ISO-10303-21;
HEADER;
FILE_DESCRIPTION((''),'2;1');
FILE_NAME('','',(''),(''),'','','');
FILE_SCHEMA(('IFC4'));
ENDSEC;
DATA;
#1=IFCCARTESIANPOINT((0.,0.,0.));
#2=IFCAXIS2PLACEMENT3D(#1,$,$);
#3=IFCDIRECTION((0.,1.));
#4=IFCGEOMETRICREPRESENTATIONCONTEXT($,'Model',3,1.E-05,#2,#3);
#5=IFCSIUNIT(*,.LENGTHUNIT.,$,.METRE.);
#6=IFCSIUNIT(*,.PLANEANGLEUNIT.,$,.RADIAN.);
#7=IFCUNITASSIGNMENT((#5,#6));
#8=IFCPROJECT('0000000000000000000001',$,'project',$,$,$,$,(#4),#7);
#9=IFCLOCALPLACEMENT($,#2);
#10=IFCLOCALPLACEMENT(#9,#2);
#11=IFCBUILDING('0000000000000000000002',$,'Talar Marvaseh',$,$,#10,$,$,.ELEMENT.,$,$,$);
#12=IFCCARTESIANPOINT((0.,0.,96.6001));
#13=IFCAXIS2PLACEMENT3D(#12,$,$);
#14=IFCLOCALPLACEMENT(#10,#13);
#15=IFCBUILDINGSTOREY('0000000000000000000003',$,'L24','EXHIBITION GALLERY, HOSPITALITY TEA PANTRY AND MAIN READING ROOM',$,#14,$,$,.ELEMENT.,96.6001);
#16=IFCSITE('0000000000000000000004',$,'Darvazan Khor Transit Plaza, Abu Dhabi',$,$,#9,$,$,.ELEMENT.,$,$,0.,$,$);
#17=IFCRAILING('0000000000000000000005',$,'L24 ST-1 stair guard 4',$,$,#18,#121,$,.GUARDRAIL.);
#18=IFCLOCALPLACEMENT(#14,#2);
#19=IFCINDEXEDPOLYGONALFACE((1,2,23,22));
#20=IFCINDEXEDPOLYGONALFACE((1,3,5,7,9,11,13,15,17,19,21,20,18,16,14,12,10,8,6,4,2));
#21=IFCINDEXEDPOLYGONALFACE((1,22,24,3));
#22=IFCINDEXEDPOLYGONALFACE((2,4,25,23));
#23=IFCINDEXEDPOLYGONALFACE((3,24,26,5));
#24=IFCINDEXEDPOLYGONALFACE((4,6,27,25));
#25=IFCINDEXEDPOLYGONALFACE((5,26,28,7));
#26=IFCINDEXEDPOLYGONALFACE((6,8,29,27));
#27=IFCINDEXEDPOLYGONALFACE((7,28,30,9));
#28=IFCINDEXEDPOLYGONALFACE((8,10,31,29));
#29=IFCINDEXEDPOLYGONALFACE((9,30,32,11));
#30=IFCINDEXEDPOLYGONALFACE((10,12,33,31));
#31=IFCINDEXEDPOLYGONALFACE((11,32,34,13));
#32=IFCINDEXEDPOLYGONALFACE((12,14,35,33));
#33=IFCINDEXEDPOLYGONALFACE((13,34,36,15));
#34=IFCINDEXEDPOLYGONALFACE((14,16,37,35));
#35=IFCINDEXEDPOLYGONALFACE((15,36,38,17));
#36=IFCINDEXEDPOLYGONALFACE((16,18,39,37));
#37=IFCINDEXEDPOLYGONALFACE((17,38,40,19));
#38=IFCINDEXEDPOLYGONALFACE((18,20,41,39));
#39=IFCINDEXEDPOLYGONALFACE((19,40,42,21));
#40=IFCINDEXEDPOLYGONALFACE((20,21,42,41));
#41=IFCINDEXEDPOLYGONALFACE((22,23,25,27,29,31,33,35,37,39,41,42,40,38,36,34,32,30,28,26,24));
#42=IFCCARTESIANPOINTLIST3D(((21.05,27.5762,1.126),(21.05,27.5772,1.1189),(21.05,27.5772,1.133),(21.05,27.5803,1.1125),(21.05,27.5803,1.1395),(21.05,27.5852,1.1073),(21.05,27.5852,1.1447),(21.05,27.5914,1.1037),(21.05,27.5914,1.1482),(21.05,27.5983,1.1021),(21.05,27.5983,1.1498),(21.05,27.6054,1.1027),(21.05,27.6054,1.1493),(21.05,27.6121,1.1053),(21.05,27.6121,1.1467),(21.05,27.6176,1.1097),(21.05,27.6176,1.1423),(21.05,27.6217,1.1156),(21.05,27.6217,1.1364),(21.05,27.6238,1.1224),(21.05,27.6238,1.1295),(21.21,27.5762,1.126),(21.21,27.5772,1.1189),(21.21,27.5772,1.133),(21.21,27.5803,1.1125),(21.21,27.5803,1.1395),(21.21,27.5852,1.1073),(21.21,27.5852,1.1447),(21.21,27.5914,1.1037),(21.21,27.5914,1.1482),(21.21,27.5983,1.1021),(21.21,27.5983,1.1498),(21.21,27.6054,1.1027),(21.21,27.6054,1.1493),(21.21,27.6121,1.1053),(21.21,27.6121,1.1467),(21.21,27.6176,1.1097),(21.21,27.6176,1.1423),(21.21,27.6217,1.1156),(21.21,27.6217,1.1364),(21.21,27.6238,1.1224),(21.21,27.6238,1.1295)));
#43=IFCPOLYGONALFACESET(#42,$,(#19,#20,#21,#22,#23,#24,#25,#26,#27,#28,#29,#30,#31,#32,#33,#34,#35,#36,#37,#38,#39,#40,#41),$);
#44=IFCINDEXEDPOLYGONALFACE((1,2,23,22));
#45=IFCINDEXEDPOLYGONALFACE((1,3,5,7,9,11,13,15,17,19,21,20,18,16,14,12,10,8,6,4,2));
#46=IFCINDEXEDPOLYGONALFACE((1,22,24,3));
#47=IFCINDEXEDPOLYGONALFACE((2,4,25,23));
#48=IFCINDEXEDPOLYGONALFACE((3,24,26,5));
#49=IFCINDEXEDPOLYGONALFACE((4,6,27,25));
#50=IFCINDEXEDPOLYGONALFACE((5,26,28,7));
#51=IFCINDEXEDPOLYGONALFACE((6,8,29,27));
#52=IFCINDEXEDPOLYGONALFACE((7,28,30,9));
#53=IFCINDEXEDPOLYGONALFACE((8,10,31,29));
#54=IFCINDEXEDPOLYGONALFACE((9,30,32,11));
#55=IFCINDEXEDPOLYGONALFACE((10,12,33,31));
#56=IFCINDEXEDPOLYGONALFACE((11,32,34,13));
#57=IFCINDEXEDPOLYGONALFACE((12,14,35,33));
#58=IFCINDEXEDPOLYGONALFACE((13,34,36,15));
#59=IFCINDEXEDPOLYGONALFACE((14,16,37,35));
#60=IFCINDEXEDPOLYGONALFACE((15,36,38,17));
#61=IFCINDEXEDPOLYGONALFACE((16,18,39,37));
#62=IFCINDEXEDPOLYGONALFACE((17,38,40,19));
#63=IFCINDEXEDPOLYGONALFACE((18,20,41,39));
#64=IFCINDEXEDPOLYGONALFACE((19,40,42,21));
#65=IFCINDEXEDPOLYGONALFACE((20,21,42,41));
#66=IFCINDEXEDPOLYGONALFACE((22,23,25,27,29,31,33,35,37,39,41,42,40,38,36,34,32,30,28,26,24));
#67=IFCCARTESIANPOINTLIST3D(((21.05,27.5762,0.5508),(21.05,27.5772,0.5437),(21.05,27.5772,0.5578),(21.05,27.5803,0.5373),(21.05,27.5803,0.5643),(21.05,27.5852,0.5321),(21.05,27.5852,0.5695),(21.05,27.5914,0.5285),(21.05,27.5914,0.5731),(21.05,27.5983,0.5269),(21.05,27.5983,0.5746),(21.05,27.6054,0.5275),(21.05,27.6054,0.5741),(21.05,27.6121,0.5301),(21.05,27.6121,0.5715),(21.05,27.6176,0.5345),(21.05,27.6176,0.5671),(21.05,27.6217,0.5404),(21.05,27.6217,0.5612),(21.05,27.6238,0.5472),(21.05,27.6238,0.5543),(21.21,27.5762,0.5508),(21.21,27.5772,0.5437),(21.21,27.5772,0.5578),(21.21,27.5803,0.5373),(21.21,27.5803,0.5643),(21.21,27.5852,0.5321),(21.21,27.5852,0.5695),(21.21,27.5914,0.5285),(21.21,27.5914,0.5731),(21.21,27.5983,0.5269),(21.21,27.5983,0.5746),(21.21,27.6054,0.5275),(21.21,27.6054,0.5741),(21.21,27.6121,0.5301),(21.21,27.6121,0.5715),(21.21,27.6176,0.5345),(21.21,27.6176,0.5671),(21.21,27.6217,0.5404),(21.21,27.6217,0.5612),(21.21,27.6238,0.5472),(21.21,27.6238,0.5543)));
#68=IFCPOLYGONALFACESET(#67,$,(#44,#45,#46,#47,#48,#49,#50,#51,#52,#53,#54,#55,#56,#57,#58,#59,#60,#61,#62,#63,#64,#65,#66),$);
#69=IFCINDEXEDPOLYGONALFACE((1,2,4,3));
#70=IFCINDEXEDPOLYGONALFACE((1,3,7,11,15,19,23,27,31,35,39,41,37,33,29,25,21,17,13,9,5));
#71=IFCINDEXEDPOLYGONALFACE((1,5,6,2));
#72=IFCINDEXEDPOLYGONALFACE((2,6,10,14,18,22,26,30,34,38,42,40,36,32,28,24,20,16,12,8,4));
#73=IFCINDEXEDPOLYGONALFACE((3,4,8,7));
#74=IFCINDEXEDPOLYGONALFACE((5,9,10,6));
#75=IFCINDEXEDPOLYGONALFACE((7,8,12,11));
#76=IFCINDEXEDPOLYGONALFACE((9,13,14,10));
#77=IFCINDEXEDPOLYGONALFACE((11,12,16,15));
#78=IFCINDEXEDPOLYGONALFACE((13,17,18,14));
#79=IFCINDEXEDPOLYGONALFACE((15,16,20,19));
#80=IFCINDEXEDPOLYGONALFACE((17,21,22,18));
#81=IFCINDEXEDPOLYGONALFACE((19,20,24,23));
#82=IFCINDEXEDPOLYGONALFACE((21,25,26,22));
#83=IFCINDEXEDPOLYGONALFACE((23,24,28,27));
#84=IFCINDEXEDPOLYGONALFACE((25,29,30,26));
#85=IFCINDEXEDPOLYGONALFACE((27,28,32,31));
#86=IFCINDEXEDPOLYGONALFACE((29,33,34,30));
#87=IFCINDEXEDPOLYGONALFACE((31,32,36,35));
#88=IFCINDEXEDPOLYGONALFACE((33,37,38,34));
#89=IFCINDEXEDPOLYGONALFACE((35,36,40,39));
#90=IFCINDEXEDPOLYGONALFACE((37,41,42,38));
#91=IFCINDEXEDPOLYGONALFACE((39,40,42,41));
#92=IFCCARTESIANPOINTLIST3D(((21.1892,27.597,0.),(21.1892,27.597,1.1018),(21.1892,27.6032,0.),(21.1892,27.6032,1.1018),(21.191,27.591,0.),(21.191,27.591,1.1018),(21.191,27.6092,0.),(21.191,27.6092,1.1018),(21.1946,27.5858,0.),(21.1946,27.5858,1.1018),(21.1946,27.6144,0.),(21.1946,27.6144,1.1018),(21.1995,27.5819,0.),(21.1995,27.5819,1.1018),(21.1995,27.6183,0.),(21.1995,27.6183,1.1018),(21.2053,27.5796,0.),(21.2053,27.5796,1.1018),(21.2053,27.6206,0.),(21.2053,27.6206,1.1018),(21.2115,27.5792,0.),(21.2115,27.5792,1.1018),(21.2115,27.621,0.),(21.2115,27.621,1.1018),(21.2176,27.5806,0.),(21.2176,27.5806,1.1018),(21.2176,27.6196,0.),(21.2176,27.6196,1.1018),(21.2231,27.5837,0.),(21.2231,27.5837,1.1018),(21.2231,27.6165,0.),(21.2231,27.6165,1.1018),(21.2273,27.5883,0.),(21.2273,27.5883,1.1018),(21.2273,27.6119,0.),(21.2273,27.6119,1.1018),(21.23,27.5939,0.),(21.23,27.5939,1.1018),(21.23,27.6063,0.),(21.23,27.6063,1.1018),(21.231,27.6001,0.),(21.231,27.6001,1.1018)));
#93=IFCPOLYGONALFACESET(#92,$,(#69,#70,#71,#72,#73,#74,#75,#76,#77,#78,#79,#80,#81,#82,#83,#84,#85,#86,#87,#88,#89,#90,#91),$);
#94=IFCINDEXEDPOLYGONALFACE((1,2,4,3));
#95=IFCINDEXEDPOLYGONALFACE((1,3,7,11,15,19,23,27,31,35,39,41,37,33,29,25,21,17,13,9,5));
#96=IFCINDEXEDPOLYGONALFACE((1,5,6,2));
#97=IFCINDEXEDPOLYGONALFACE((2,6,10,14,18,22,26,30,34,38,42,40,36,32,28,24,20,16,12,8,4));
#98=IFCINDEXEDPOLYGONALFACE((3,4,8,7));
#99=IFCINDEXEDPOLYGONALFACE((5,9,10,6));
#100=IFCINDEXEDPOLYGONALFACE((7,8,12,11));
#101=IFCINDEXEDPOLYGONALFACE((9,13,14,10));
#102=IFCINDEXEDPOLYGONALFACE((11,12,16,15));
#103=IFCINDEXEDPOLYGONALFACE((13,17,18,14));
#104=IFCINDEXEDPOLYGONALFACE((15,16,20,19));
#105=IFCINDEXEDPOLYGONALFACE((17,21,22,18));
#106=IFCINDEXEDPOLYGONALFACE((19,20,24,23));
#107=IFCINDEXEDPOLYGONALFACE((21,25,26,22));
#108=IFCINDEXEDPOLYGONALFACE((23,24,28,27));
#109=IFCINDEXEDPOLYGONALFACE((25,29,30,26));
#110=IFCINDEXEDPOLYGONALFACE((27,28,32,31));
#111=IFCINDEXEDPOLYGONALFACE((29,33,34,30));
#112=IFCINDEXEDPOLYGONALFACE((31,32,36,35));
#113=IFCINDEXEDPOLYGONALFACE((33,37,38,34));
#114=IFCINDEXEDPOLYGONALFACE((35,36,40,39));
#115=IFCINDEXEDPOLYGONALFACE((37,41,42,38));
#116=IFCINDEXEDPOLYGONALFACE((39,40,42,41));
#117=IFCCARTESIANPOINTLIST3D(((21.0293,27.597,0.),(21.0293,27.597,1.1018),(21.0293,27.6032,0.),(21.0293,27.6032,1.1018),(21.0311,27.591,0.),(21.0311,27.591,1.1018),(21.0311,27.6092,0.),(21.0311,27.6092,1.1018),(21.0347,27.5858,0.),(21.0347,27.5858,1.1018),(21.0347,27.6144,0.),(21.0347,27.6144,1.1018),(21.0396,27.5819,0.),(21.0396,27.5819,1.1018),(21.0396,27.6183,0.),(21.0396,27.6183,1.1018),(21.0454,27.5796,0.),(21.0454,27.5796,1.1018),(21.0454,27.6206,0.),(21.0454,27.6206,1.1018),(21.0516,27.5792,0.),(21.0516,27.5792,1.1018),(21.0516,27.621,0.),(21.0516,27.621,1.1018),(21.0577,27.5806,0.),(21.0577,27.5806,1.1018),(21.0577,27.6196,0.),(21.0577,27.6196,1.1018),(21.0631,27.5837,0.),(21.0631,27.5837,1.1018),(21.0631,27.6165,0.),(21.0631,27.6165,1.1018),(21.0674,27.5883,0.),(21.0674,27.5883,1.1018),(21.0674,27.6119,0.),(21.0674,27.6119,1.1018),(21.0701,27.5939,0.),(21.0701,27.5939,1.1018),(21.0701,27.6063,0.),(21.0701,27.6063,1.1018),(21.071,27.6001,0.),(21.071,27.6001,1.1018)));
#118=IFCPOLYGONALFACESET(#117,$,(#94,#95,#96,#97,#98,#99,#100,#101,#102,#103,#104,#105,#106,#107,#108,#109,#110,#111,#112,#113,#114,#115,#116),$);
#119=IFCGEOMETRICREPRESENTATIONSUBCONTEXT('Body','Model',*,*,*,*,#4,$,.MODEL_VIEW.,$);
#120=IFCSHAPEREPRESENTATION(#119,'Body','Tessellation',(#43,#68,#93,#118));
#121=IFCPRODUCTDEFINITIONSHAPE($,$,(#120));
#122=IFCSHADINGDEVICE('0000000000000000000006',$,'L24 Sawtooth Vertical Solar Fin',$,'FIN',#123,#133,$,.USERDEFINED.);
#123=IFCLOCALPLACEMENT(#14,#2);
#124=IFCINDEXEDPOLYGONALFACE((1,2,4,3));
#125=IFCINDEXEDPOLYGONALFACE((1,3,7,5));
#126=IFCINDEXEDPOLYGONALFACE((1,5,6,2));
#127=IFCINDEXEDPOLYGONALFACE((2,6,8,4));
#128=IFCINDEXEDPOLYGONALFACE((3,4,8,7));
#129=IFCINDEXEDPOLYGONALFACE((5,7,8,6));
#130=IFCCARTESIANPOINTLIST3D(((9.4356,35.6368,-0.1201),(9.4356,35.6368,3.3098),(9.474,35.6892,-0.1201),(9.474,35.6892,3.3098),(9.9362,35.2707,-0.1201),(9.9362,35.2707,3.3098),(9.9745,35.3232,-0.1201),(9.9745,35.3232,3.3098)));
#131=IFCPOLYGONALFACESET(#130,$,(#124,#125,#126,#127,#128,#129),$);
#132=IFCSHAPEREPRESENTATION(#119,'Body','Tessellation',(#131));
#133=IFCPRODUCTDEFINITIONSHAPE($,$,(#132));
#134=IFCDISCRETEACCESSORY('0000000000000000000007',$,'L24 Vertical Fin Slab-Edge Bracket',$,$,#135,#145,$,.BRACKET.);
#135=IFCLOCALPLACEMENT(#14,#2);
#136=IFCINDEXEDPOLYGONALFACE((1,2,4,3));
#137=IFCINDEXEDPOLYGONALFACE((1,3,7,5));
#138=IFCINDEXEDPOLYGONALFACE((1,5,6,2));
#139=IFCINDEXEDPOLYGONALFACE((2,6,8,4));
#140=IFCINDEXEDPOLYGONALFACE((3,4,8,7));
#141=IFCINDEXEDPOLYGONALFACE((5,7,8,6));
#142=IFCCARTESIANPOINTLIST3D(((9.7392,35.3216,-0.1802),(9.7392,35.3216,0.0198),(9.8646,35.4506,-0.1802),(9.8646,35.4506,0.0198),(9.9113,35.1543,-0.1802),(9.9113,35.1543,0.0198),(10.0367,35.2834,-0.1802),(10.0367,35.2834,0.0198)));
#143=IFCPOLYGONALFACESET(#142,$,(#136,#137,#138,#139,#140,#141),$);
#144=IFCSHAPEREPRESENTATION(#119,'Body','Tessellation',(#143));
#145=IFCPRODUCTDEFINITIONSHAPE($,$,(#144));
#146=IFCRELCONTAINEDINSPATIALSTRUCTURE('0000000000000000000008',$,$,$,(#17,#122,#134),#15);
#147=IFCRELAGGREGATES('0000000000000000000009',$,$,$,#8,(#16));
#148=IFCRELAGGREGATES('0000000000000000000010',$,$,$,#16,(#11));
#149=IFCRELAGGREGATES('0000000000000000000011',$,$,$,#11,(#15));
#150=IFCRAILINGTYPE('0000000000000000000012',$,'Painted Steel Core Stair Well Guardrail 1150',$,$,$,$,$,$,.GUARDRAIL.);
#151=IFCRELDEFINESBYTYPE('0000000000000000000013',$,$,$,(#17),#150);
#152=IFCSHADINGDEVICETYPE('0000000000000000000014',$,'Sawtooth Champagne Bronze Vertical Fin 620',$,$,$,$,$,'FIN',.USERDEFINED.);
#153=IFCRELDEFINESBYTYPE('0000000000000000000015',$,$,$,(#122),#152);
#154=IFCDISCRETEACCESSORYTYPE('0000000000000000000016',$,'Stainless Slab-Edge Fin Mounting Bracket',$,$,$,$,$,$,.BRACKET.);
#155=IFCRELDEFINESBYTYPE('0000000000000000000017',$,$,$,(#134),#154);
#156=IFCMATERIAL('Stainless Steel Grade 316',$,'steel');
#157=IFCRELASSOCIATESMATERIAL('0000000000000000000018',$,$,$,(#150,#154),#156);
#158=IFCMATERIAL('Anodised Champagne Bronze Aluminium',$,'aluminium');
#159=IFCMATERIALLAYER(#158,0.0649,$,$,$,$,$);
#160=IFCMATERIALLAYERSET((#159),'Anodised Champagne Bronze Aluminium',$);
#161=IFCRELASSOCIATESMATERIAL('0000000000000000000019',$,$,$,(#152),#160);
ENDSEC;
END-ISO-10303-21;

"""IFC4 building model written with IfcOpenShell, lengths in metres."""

from ifc_helpers import new_model, si_unit, direction, frame, origin, origin_2d, place, context, subcontext, project, spatial, rectangle, circle, extrude, source, transform, mapped, material, layer, layer_set, type_object, type_shapes, element, save


model = new_model("IFC4")

# Units and contexts
model_context = context("Model", 3, precision=1e-05, world=origin(), true_north=direction((0.0, 1.0)))
body_context = subcontext(model_context, "Body", "Model", "MODEL_VIEW")
ifc_project = project(units=[si_unit("LENGTHUNIT", "METRE"), si_unit("PLANEANGLEUNIT", "RADIAN")], contexts=[model_context])

# Site, building, storey
site_placement = place(None, origin())
site = spatial("IfcSite", under=ifc_project, at=site_placement, Name="Darvazan Khor Transit Plaza, Abu Dhabi", CompositionType="ELEMENT", RefElevation=0.0)
building_placement = place(site_placement, origin())
building = spatial("IfcBuilding", under=site, at=building_placement, Name="Talar Marvaseh", CompositionType="ELEMENT")
storey_placement = place(building_placement, frame((0.0, 0.0, 96.6001)))
storey = spatial("IfcBuildingStorey", under=building, at=storey_placement, Name="L24", Description="EXHIBITION GALLERY, HOSPITALITY TEA PANTRY AND MAIN READING ROOM", CompositionType="ELEMENT", Elevation=96.6001)

# Railing
ifc_material_1 = material(Name="Stainless Steel Grade 316", Category="steel")
railing_type_1 = type_object("IfcRailingType", Name="Painted Steel Core Stair Well Guardrail 1150", PredefinedType="GUARDRAIL", material=ifc_material_1)
railing_1_placement = place(storey_placement, frame((21.21, 27.6001, 0.0)))
element("IfcRailing", 1, at=railing_1_placement, inside=storey, type_object=railing_type_1, Name="L24 ST-1 stair guard 4", PredefinedType="GUARDRAIL", context=body_context, shape_type="SweptSolid", body=[
    extrude(circle(Radius=0.0239, at=origin_2d()), frame((0.0, 0.0, 1.126), z_axis=(-1.0, 0.0, 0.0), x_axis=(0.0, -1.0, 0.0)), (0.0, 0.0, 1.0), 0.1599),
    extrude(circle(Radius=0.0239, at=origin_2d()), frame((0.0, 0.0, 0.5508), z_axis=(-1.0, 0.0, 0.0), x_axis=(0.0, -1.0, 0.0)), (0.0, 0.0, 1.0), 0.1599),
    extrude(circle(Radius=0.021, at=origin_2d()), origin(), (0.0, 0.0, 1.0), 1.1018),
    extrude(circle(Radius=0.021, at=origin_2d()), frame((-0.1599, 0.0, 0.0)), (0.0, 0.0, 1.0), 1.1018),
])

# Shading device
ifc_material_2 = material(Name="Anodised Champagne Bronze Aluminium", Category="aluminium")
ifc_layer_1 = layer(ifc_material_2, 0.0649)
ifc_layer_set_1 = layer_set([ifc_layer_1], Name="Anodised Champagne Bronze Aluminium")
shading_device_type = type_object("IfcShadingDeviceType", Name="Sawtooth Champagne Bronze Vertical Fin 620", ElementType="FIN", PredefinedType="USERDEFINED", material=ifc_layer_set_1)
shared_shape_1 = source(origin(), body_context, "Body", "SweptSolid", [
    extrude(rectangle(XDim=0.6201, YDim=0.0649, at=origin_2d()), origin(), (0.0, 0.0, 1.0), 3.4299),
])
type_shapes(shading_device_type, [shared_shape_1])
shading_device_placement = place(storey_placement, frame((9.7051, 35.48, -0.1201), z_axis=(0.0, 0.0, 1.0), x_axis=(-0.807166, 0.590324, 0.0)))
element("IfcShadingDevice", 2, at=shading_device_placement, inside=storey, type_object=shading_device_type, Name="L24 Sawtooth Vertical Solar Fin", ObjectType="FIN", PredefinedType="USERDEFINED", context=body_context, shape_type="MappedRepresentation", body=[
    mapped(shared_shape_1, transform((0.0, 0.0, 0.0), x_axis=(1.0, 0.0, 0.0), y_axis=(0.0, 1.0, 0.0), z_axis=(0.0, 0.0, 1.0), scale=1.0)),
])

# Discrete accessory
discrete_accessory_type = type_object("IfcDiscreteAccessoryType", Name="Stainless Slab-Edge Fin Mounting Bracket", PredefinedType="BRACKET", material=ifc_material_1)
shared_shape_2 = source(origin(), body_context, "Body", "SweptSolid", [
    extrude(rectangle(XDim=0.24, YDim=0.1799, at=origin_2d()), origin(), (0.0, 0.0, 1.0), 0.2),
])
type_shapes(discrete_accessory_type, [shared_shape_2])
discrete_accessory_placement = place(storey_placement, frame((9.8879, 35.3025, -0.1802), z_axis=(0.0, 0.0, 1.0), x_axis=(-0.717154, 0.696915, 0.0)))
element("IfcDiscreteAccessory", 3, at=discrete_accessory_placement, inside=storey, type_object=discrete_accessory_type, Name="L24 Vertical Fin Slab-Edge Bracket", PredefinedType="BRACKET", context=body_context, shape_type="MappedRepresentation", body=[
    mapped(shared_shape_2, transform((0.0, 0.0, 0.0), x_axis=(1.0, 0.0, 0.0), y_axis=(0.0, 1.0, 0.0), z_axis=(0.0, 0.0, 1.0), scale=1.0)),
])

save(model, "model.ifc")
